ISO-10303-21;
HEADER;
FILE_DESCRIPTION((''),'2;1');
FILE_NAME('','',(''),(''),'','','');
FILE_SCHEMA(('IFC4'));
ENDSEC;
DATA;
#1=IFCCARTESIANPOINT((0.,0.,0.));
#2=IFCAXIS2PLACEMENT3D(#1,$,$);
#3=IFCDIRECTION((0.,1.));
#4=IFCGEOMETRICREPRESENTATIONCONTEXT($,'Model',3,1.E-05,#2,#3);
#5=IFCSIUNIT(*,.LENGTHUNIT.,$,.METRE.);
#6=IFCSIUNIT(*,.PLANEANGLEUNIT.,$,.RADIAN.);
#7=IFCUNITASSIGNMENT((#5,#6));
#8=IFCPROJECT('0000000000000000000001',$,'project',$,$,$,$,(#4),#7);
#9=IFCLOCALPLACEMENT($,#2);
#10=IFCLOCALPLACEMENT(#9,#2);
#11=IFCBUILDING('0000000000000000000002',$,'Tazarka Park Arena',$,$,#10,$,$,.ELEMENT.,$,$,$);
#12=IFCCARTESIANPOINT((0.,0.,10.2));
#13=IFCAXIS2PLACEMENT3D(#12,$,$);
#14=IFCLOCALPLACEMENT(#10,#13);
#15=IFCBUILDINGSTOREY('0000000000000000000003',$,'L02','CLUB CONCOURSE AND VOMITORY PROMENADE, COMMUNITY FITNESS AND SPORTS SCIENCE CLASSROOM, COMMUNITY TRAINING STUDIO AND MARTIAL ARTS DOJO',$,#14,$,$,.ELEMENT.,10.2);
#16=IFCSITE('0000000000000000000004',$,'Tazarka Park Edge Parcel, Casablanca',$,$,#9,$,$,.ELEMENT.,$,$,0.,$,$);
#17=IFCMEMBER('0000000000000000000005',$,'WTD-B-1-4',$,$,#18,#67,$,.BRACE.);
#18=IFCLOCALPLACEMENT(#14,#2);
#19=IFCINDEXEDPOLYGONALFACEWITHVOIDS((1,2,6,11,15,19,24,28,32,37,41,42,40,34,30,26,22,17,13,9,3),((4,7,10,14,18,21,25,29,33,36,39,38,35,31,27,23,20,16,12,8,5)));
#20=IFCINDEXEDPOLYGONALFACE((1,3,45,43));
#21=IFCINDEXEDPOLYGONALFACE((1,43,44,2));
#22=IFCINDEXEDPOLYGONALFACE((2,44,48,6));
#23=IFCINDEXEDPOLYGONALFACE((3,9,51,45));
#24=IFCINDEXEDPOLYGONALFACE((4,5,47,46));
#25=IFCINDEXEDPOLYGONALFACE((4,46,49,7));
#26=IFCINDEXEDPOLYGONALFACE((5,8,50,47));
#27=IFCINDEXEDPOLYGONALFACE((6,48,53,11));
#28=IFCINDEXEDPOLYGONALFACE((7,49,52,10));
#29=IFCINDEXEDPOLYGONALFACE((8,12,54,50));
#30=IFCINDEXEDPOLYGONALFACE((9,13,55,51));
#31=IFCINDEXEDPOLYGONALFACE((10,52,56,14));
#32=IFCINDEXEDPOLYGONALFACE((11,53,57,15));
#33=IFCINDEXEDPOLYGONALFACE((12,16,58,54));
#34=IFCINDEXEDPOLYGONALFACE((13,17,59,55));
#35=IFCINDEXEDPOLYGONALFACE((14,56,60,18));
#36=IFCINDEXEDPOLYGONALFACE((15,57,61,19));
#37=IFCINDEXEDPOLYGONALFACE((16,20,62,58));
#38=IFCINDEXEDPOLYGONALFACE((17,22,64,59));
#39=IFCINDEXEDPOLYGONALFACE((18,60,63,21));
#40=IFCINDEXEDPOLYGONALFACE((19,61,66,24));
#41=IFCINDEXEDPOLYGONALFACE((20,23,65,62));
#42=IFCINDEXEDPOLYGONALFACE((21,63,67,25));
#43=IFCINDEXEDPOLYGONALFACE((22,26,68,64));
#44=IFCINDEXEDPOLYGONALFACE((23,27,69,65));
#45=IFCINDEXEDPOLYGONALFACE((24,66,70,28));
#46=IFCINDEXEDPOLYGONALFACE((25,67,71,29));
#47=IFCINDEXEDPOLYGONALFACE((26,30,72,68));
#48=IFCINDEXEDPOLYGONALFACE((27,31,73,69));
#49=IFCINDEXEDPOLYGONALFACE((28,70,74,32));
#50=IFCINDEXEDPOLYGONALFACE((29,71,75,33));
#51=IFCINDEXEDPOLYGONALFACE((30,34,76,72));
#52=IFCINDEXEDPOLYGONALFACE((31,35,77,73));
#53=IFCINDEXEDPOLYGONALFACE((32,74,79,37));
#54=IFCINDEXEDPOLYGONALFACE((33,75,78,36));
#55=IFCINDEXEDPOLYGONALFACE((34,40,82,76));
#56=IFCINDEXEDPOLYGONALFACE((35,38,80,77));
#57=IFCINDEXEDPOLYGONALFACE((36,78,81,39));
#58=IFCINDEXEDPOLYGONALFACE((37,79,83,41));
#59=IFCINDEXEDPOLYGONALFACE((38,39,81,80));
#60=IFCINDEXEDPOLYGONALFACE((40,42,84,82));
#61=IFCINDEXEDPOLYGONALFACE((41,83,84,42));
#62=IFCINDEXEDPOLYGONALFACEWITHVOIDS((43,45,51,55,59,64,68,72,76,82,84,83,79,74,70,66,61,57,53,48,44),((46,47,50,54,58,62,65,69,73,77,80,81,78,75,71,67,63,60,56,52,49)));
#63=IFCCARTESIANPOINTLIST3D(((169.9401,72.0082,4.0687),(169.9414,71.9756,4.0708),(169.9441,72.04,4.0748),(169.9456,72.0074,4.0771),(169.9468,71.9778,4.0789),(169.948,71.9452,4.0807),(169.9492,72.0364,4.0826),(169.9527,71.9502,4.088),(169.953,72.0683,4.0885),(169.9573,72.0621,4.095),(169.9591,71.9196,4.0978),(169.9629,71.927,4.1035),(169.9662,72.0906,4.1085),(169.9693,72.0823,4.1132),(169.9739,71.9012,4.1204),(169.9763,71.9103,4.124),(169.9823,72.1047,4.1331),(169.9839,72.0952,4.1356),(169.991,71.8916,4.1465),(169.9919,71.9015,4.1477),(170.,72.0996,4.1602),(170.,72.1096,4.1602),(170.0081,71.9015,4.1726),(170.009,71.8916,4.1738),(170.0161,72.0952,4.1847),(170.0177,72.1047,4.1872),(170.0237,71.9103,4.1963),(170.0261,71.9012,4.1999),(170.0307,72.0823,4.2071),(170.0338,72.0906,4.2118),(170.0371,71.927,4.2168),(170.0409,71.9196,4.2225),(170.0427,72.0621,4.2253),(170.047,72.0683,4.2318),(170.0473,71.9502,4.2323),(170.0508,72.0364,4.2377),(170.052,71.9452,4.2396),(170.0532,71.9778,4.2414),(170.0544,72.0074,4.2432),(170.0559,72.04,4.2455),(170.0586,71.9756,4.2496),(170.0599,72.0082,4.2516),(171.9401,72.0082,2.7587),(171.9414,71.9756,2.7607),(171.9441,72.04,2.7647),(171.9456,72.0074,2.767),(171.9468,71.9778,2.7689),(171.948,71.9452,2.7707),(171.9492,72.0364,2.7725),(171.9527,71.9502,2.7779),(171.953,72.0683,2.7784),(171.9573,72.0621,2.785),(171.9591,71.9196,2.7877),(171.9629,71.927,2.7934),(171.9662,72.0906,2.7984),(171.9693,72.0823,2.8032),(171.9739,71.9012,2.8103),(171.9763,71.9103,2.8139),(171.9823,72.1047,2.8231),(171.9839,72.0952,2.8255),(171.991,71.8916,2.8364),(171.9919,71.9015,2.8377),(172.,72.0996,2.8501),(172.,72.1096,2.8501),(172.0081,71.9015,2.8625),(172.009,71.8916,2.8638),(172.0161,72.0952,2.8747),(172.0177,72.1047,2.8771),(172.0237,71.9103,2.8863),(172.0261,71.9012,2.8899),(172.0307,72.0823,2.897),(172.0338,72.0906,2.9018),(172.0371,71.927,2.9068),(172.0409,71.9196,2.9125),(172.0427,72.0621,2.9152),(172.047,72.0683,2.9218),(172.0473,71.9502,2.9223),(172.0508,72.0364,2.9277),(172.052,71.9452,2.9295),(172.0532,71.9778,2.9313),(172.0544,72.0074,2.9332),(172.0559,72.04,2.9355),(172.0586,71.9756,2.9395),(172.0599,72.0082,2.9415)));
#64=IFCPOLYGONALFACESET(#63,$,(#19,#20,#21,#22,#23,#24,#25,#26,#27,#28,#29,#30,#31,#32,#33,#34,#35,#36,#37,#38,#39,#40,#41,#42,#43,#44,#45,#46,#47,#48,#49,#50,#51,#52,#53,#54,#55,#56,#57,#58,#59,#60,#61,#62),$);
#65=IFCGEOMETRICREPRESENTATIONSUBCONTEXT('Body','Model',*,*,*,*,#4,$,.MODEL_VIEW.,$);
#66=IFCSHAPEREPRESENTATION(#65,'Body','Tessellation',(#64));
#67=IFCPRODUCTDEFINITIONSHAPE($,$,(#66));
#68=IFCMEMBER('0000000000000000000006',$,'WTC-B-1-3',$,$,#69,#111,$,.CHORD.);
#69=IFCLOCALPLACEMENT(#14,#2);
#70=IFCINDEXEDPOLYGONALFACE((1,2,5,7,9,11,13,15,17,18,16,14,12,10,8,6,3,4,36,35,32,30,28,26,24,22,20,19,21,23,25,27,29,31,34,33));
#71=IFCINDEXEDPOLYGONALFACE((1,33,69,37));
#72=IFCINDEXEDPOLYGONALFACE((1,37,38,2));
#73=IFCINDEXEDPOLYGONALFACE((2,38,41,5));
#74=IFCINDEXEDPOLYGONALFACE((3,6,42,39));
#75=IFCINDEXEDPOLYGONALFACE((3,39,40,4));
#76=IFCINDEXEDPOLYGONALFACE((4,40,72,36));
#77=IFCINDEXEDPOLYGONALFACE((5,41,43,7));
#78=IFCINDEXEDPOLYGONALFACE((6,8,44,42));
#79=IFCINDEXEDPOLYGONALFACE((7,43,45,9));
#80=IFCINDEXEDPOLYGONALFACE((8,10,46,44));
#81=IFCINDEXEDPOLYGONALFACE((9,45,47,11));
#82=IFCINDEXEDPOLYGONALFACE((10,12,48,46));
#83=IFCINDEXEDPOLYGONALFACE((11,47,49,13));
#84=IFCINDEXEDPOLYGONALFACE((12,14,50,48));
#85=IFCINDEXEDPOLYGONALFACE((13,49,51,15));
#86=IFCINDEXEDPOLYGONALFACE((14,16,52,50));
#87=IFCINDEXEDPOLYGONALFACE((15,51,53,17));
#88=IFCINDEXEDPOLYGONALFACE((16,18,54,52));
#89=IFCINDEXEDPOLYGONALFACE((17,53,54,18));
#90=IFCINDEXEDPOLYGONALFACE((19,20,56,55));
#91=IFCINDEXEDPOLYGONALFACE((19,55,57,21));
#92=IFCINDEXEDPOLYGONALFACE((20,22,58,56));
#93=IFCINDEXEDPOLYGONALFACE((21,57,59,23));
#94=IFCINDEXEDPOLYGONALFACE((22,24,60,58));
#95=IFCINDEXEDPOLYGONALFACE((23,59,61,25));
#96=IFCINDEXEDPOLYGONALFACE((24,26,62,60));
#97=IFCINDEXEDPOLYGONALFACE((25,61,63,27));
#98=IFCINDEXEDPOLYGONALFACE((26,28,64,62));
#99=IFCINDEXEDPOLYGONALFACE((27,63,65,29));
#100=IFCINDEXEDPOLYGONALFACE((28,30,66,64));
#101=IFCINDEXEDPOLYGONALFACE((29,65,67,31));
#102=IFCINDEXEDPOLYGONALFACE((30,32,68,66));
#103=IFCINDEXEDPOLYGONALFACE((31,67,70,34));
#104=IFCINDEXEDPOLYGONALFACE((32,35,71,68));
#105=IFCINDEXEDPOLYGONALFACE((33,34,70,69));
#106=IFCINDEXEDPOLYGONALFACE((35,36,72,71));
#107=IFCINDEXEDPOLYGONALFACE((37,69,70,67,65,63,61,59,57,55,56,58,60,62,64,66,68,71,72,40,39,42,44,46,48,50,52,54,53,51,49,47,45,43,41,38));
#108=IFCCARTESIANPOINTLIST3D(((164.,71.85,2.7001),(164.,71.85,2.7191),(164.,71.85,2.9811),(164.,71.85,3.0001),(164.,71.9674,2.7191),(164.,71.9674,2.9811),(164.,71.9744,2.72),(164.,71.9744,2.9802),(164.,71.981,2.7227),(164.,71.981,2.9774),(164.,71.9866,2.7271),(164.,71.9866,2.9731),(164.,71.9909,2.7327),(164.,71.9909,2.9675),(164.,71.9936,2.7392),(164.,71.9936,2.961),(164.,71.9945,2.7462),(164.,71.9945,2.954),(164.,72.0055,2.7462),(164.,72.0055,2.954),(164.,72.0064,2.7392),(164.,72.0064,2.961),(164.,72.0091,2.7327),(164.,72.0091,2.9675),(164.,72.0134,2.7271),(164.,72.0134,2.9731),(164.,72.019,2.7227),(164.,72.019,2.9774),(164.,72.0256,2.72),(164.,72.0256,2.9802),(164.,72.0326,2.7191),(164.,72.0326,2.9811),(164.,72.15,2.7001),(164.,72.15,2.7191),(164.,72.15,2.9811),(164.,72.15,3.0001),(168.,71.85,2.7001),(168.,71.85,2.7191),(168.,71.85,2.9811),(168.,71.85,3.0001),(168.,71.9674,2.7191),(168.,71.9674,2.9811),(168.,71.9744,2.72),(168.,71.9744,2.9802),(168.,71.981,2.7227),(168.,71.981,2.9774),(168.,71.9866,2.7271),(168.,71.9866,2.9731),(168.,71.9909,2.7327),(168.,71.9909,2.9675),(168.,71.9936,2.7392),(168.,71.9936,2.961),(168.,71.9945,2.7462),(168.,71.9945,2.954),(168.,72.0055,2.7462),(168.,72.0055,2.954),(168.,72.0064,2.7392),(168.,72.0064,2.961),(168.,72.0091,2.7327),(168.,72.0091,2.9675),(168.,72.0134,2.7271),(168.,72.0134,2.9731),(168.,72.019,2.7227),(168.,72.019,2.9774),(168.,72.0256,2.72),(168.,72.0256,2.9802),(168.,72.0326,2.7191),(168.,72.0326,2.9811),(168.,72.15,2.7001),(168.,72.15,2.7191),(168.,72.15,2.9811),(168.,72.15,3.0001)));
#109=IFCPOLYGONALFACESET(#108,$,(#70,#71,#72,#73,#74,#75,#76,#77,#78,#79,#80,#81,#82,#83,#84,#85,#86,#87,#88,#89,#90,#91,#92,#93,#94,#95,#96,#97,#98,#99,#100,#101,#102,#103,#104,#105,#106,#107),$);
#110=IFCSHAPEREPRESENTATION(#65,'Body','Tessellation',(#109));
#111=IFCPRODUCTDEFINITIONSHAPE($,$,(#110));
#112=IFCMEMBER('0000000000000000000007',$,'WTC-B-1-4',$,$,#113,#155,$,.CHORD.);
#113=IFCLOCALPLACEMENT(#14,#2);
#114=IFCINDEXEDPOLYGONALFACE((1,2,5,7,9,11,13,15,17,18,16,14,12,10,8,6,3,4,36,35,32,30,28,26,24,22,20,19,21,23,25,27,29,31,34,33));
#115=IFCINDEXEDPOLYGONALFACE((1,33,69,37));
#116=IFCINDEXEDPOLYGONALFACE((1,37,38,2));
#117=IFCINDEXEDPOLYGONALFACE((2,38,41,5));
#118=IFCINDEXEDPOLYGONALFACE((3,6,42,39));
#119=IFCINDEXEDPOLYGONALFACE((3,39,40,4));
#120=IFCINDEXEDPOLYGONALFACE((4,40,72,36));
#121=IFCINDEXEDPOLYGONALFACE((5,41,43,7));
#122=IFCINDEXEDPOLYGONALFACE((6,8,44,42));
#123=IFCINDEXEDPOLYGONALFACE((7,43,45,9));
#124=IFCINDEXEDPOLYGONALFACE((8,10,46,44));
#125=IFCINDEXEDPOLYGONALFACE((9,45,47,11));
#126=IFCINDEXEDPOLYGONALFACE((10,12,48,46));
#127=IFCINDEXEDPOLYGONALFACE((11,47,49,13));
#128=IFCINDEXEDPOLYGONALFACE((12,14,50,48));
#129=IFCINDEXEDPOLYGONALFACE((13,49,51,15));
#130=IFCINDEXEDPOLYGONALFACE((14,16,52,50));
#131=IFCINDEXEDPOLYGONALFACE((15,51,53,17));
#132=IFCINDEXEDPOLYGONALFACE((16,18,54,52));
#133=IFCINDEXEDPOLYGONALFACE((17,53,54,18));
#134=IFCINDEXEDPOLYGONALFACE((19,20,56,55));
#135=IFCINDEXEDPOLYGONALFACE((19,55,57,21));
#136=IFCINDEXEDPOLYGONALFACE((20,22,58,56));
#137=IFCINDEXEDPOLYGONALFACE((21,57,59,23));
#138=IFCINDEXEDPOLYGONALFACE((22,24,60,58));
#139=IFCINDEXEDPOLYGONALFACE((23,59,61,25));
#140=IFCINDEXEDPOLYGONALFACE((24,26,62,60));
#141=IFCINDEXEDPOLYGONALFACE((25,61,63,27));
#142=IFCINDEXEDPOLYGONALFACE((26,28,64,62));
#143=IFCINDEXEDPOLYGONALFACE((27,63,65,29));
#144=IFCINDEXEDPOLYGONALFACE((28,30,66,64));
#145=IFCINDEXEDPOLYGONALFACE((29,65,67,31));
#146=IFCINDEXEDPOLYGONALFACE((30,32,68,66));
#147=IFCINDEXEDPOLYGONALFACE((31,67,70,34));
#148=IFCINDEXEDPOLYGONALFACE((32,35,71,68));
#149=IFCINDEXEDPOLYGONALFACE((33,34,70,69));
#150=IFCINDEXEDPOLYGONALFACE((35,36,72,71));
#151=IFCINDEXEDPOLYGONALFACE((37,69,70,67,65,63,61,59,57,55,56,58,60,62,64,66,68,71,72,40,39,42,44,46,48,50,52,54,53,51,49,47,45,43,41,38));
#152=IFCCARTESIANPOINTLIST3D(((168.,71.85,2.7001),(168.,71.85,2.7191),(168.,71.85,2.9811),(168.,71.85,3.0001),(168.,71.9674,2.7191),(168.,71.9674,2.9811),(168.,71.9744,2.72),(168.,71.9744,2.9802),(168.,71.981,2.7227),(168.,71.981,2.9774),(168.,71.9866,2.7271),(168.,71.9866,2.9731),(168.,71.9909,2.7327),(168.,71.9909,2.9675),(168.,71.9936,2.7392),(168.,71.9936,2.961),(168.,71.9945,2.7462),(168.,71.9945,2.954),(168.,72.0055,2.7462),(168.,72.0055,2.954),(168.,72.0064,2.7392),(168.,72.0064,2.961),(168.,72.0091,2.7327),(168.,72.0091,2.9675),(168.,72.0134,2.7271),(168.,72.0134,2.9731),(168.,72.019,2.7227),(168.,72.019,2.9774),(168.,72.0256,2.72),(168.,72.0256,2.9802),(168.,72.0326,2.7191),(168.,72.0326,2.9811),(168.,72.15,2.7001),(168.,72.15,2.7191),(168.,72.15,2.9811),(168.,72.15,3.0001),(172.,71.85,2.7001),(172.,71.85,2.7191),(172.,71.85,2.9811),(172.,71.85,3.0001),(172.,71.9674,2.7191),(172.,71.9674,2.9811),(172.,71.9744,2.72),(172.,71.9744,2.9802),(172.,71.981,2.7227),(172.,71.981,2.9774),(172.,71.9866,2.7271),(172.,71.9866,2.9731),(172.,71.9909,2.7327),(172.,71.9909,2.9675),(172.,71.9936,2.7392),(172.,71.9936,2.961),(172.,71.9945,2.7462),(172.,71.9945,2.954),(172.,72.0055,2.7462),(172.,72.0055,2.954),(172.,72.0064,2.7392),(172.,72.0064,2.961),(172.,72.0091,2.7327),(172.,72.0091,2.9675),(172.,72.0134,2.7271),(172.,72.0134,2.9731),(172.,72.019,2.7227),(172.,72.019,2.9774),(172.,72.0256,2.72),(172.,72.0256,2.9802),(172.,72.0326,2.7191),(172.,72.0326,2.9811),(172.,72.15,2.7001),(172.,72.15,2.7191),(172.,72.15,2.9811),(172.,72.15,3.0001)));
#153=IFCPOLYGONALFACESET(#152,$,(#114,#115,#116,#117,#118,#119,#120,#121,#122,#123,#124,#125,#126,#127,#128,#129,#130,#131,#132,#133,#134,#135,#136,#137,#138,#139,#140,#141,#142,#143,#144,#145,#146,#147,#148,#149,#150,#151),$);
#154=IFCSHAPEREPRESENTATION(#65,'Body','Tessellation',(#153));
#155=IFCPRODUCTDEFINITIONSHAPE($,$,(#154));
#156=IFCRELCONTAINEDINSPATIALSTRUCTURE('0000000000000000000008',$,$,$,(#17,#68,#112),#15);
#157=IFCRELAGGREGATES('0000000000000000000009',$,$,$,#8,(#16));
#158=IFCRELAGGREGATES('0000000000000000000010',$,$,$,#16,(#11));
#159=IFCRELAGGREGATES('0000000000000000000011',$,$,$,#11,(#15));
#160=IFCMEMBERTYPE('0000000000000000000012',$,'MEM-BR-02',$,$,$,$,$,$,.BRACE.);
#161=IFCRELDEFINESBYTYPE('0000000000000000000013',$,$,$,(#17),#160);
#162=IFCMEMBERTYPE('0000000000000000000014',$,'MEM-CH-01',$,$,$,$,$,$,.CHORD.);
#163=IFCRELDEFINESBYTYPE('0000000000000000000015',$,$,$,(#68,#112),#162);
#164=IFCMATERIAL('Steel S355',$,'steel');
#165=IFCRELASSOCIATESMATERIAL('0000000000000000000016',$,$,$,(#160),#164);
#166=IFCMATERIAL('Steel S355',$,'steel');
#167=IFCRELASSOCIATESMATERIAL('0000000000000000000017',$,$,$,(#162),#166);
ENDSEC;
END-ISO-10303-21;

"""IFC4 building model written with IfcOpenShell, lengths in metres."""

from ifc_helpers import new_model, si_unit, direction, frame, origin, origin_2d, place, context, subcontext, project, spatial, hollow_circle, i_section, extrude, material, material_profile, profile_set, type_object, element, save


model = new_model("IFC4")

# Units and contexts
model_context = context("Model", 3, precision=1e-05, world=origin(), true_north=direction((0.0, 1.0)))
body_context = subcontext(model_context, "Body", "Model", "MODEL_VIEW")
ifc_project = project(units=[si_unit("LENGTHUNIT", "METRE"), si_unit("PLANEANGLEUNIT", "RADIAN")], contexts=[model_context])

# Site, building, storey
site_placement = place(None, origin())
site = spatial("IfcSite", under=ifc_project, at=site_placement, Name="Tazarka Park Edge Parcel, Casablanca", CompositionType="ELEMENT", RefElevation=0.0)
building_placement = place(site_placement, origin())
building = spatial("IfcBuilding", under=site, at=building_placement, Name="Tazarka Park Arena", CompositionType="ELEMENT")
storey_placement = place(building_placement, frame((0.0, 0.0, 10.2)))
storey = spatial("IfcBuildingStorey", under=building, at=storey_placement, Name="L02", Description="CLUB CONCOURSE AND VOMITORY PROMENADE, COMMUNITY FITNESS AND SPORTS SCIENCE CLASSROOM, COMMUNITY TRAINING STUDIO AND MARTIAL ARTS DOJO", CompositionType="ELEMENT", Elevation=10.2)

# Members
ifc_material_1 = material(Name="Steel S355", Category="steel")
ifc_material_profile_1 = material_profile(ifc_material_1, hollow_circle(Radius=0.1096, WallThickness=0.01, at=origin_2d()), Name="Steel S355")
ifc_profile_set_1 = profile_set([ifc_material_profile_1], Name="Steel S355")
member_type_1 = type_object("IfcMemberType", Name="MEM-BR-02", PredefinedType="BRACE", material=ifc_profile_set_1)
for number, where, z_axis, x_axis, name in (
    (1, (170.0, 72.0, 4.1602), (0.836516, 0.0, -0.547942), (0.0, 1.0, 0.0), "WTD-B-1-4"),
):
    element("IfcMember", number, at=place(storey_placement, frame(where, z_axis=z_axis, x_axis=x_axis)), inside=storey, type_object=member_type_1, Name=name, PredefinedType="BRACE", context=body_context, shape_type="SweptSolid", body=[
        extrude(hollow_circle(Radius=0.1096, WallThickness=0.01, at=origin_2d()), origin(), (0.0, 0.0, 1.0), 2.3909),
    ])
ifc_material_2 = material(Name="Steel S355", Category="steel")
ifc_material_profile_2 = material_profile(ifc_material_2, i_section(OverallWidth=0.3, OverallDepth=0.3, WebThickness=0.011, FlangeThickness=0.019, FilletRadius=0.0271, at=origin_2d()), Name="Steel S355")
ifc_profile_set_2 = profile_set([ifc_material_profile_2], Name="Steel S355")
member_type_2 = type_object("IfcMemberType", Name="MEM-CH-01", PredefinedType="CHORD", material=ifc_profile_set_2)
for number, where, z_axis, x_axis, name in (
    (2, (164.0, 72.0, 2.8501), (1.0, 0.0, 0.0), (0.0, 1.0, 0.0), "WTC-B-1-3"),
    (3, (168.0, 72.0, 2.8501), (1.0, 0.0, 0.0), (0.0, 1.0, 0.0), "WTC-B-1-4"),
):
    element("IfcMember", number, at=place(storey_placement, frame(where, z_axis=z_axis, x_axis=x_axis)), inside=storey, type_object=member_type_2, Name=name, PredefinedType="CHORD", context=body_context, shape_type="SweptSolid", body=[
        extrude(i_section(OverallWidth=0.3, OverallDepth=0.3, WebThickness=0.011, FlangeThickness=0.019, FilletRadius=0.0271, at=origin_2d()), origin(), (0.0, 0.0, 1.0), 4.0),
    ])

save(model, "model.ifc")
